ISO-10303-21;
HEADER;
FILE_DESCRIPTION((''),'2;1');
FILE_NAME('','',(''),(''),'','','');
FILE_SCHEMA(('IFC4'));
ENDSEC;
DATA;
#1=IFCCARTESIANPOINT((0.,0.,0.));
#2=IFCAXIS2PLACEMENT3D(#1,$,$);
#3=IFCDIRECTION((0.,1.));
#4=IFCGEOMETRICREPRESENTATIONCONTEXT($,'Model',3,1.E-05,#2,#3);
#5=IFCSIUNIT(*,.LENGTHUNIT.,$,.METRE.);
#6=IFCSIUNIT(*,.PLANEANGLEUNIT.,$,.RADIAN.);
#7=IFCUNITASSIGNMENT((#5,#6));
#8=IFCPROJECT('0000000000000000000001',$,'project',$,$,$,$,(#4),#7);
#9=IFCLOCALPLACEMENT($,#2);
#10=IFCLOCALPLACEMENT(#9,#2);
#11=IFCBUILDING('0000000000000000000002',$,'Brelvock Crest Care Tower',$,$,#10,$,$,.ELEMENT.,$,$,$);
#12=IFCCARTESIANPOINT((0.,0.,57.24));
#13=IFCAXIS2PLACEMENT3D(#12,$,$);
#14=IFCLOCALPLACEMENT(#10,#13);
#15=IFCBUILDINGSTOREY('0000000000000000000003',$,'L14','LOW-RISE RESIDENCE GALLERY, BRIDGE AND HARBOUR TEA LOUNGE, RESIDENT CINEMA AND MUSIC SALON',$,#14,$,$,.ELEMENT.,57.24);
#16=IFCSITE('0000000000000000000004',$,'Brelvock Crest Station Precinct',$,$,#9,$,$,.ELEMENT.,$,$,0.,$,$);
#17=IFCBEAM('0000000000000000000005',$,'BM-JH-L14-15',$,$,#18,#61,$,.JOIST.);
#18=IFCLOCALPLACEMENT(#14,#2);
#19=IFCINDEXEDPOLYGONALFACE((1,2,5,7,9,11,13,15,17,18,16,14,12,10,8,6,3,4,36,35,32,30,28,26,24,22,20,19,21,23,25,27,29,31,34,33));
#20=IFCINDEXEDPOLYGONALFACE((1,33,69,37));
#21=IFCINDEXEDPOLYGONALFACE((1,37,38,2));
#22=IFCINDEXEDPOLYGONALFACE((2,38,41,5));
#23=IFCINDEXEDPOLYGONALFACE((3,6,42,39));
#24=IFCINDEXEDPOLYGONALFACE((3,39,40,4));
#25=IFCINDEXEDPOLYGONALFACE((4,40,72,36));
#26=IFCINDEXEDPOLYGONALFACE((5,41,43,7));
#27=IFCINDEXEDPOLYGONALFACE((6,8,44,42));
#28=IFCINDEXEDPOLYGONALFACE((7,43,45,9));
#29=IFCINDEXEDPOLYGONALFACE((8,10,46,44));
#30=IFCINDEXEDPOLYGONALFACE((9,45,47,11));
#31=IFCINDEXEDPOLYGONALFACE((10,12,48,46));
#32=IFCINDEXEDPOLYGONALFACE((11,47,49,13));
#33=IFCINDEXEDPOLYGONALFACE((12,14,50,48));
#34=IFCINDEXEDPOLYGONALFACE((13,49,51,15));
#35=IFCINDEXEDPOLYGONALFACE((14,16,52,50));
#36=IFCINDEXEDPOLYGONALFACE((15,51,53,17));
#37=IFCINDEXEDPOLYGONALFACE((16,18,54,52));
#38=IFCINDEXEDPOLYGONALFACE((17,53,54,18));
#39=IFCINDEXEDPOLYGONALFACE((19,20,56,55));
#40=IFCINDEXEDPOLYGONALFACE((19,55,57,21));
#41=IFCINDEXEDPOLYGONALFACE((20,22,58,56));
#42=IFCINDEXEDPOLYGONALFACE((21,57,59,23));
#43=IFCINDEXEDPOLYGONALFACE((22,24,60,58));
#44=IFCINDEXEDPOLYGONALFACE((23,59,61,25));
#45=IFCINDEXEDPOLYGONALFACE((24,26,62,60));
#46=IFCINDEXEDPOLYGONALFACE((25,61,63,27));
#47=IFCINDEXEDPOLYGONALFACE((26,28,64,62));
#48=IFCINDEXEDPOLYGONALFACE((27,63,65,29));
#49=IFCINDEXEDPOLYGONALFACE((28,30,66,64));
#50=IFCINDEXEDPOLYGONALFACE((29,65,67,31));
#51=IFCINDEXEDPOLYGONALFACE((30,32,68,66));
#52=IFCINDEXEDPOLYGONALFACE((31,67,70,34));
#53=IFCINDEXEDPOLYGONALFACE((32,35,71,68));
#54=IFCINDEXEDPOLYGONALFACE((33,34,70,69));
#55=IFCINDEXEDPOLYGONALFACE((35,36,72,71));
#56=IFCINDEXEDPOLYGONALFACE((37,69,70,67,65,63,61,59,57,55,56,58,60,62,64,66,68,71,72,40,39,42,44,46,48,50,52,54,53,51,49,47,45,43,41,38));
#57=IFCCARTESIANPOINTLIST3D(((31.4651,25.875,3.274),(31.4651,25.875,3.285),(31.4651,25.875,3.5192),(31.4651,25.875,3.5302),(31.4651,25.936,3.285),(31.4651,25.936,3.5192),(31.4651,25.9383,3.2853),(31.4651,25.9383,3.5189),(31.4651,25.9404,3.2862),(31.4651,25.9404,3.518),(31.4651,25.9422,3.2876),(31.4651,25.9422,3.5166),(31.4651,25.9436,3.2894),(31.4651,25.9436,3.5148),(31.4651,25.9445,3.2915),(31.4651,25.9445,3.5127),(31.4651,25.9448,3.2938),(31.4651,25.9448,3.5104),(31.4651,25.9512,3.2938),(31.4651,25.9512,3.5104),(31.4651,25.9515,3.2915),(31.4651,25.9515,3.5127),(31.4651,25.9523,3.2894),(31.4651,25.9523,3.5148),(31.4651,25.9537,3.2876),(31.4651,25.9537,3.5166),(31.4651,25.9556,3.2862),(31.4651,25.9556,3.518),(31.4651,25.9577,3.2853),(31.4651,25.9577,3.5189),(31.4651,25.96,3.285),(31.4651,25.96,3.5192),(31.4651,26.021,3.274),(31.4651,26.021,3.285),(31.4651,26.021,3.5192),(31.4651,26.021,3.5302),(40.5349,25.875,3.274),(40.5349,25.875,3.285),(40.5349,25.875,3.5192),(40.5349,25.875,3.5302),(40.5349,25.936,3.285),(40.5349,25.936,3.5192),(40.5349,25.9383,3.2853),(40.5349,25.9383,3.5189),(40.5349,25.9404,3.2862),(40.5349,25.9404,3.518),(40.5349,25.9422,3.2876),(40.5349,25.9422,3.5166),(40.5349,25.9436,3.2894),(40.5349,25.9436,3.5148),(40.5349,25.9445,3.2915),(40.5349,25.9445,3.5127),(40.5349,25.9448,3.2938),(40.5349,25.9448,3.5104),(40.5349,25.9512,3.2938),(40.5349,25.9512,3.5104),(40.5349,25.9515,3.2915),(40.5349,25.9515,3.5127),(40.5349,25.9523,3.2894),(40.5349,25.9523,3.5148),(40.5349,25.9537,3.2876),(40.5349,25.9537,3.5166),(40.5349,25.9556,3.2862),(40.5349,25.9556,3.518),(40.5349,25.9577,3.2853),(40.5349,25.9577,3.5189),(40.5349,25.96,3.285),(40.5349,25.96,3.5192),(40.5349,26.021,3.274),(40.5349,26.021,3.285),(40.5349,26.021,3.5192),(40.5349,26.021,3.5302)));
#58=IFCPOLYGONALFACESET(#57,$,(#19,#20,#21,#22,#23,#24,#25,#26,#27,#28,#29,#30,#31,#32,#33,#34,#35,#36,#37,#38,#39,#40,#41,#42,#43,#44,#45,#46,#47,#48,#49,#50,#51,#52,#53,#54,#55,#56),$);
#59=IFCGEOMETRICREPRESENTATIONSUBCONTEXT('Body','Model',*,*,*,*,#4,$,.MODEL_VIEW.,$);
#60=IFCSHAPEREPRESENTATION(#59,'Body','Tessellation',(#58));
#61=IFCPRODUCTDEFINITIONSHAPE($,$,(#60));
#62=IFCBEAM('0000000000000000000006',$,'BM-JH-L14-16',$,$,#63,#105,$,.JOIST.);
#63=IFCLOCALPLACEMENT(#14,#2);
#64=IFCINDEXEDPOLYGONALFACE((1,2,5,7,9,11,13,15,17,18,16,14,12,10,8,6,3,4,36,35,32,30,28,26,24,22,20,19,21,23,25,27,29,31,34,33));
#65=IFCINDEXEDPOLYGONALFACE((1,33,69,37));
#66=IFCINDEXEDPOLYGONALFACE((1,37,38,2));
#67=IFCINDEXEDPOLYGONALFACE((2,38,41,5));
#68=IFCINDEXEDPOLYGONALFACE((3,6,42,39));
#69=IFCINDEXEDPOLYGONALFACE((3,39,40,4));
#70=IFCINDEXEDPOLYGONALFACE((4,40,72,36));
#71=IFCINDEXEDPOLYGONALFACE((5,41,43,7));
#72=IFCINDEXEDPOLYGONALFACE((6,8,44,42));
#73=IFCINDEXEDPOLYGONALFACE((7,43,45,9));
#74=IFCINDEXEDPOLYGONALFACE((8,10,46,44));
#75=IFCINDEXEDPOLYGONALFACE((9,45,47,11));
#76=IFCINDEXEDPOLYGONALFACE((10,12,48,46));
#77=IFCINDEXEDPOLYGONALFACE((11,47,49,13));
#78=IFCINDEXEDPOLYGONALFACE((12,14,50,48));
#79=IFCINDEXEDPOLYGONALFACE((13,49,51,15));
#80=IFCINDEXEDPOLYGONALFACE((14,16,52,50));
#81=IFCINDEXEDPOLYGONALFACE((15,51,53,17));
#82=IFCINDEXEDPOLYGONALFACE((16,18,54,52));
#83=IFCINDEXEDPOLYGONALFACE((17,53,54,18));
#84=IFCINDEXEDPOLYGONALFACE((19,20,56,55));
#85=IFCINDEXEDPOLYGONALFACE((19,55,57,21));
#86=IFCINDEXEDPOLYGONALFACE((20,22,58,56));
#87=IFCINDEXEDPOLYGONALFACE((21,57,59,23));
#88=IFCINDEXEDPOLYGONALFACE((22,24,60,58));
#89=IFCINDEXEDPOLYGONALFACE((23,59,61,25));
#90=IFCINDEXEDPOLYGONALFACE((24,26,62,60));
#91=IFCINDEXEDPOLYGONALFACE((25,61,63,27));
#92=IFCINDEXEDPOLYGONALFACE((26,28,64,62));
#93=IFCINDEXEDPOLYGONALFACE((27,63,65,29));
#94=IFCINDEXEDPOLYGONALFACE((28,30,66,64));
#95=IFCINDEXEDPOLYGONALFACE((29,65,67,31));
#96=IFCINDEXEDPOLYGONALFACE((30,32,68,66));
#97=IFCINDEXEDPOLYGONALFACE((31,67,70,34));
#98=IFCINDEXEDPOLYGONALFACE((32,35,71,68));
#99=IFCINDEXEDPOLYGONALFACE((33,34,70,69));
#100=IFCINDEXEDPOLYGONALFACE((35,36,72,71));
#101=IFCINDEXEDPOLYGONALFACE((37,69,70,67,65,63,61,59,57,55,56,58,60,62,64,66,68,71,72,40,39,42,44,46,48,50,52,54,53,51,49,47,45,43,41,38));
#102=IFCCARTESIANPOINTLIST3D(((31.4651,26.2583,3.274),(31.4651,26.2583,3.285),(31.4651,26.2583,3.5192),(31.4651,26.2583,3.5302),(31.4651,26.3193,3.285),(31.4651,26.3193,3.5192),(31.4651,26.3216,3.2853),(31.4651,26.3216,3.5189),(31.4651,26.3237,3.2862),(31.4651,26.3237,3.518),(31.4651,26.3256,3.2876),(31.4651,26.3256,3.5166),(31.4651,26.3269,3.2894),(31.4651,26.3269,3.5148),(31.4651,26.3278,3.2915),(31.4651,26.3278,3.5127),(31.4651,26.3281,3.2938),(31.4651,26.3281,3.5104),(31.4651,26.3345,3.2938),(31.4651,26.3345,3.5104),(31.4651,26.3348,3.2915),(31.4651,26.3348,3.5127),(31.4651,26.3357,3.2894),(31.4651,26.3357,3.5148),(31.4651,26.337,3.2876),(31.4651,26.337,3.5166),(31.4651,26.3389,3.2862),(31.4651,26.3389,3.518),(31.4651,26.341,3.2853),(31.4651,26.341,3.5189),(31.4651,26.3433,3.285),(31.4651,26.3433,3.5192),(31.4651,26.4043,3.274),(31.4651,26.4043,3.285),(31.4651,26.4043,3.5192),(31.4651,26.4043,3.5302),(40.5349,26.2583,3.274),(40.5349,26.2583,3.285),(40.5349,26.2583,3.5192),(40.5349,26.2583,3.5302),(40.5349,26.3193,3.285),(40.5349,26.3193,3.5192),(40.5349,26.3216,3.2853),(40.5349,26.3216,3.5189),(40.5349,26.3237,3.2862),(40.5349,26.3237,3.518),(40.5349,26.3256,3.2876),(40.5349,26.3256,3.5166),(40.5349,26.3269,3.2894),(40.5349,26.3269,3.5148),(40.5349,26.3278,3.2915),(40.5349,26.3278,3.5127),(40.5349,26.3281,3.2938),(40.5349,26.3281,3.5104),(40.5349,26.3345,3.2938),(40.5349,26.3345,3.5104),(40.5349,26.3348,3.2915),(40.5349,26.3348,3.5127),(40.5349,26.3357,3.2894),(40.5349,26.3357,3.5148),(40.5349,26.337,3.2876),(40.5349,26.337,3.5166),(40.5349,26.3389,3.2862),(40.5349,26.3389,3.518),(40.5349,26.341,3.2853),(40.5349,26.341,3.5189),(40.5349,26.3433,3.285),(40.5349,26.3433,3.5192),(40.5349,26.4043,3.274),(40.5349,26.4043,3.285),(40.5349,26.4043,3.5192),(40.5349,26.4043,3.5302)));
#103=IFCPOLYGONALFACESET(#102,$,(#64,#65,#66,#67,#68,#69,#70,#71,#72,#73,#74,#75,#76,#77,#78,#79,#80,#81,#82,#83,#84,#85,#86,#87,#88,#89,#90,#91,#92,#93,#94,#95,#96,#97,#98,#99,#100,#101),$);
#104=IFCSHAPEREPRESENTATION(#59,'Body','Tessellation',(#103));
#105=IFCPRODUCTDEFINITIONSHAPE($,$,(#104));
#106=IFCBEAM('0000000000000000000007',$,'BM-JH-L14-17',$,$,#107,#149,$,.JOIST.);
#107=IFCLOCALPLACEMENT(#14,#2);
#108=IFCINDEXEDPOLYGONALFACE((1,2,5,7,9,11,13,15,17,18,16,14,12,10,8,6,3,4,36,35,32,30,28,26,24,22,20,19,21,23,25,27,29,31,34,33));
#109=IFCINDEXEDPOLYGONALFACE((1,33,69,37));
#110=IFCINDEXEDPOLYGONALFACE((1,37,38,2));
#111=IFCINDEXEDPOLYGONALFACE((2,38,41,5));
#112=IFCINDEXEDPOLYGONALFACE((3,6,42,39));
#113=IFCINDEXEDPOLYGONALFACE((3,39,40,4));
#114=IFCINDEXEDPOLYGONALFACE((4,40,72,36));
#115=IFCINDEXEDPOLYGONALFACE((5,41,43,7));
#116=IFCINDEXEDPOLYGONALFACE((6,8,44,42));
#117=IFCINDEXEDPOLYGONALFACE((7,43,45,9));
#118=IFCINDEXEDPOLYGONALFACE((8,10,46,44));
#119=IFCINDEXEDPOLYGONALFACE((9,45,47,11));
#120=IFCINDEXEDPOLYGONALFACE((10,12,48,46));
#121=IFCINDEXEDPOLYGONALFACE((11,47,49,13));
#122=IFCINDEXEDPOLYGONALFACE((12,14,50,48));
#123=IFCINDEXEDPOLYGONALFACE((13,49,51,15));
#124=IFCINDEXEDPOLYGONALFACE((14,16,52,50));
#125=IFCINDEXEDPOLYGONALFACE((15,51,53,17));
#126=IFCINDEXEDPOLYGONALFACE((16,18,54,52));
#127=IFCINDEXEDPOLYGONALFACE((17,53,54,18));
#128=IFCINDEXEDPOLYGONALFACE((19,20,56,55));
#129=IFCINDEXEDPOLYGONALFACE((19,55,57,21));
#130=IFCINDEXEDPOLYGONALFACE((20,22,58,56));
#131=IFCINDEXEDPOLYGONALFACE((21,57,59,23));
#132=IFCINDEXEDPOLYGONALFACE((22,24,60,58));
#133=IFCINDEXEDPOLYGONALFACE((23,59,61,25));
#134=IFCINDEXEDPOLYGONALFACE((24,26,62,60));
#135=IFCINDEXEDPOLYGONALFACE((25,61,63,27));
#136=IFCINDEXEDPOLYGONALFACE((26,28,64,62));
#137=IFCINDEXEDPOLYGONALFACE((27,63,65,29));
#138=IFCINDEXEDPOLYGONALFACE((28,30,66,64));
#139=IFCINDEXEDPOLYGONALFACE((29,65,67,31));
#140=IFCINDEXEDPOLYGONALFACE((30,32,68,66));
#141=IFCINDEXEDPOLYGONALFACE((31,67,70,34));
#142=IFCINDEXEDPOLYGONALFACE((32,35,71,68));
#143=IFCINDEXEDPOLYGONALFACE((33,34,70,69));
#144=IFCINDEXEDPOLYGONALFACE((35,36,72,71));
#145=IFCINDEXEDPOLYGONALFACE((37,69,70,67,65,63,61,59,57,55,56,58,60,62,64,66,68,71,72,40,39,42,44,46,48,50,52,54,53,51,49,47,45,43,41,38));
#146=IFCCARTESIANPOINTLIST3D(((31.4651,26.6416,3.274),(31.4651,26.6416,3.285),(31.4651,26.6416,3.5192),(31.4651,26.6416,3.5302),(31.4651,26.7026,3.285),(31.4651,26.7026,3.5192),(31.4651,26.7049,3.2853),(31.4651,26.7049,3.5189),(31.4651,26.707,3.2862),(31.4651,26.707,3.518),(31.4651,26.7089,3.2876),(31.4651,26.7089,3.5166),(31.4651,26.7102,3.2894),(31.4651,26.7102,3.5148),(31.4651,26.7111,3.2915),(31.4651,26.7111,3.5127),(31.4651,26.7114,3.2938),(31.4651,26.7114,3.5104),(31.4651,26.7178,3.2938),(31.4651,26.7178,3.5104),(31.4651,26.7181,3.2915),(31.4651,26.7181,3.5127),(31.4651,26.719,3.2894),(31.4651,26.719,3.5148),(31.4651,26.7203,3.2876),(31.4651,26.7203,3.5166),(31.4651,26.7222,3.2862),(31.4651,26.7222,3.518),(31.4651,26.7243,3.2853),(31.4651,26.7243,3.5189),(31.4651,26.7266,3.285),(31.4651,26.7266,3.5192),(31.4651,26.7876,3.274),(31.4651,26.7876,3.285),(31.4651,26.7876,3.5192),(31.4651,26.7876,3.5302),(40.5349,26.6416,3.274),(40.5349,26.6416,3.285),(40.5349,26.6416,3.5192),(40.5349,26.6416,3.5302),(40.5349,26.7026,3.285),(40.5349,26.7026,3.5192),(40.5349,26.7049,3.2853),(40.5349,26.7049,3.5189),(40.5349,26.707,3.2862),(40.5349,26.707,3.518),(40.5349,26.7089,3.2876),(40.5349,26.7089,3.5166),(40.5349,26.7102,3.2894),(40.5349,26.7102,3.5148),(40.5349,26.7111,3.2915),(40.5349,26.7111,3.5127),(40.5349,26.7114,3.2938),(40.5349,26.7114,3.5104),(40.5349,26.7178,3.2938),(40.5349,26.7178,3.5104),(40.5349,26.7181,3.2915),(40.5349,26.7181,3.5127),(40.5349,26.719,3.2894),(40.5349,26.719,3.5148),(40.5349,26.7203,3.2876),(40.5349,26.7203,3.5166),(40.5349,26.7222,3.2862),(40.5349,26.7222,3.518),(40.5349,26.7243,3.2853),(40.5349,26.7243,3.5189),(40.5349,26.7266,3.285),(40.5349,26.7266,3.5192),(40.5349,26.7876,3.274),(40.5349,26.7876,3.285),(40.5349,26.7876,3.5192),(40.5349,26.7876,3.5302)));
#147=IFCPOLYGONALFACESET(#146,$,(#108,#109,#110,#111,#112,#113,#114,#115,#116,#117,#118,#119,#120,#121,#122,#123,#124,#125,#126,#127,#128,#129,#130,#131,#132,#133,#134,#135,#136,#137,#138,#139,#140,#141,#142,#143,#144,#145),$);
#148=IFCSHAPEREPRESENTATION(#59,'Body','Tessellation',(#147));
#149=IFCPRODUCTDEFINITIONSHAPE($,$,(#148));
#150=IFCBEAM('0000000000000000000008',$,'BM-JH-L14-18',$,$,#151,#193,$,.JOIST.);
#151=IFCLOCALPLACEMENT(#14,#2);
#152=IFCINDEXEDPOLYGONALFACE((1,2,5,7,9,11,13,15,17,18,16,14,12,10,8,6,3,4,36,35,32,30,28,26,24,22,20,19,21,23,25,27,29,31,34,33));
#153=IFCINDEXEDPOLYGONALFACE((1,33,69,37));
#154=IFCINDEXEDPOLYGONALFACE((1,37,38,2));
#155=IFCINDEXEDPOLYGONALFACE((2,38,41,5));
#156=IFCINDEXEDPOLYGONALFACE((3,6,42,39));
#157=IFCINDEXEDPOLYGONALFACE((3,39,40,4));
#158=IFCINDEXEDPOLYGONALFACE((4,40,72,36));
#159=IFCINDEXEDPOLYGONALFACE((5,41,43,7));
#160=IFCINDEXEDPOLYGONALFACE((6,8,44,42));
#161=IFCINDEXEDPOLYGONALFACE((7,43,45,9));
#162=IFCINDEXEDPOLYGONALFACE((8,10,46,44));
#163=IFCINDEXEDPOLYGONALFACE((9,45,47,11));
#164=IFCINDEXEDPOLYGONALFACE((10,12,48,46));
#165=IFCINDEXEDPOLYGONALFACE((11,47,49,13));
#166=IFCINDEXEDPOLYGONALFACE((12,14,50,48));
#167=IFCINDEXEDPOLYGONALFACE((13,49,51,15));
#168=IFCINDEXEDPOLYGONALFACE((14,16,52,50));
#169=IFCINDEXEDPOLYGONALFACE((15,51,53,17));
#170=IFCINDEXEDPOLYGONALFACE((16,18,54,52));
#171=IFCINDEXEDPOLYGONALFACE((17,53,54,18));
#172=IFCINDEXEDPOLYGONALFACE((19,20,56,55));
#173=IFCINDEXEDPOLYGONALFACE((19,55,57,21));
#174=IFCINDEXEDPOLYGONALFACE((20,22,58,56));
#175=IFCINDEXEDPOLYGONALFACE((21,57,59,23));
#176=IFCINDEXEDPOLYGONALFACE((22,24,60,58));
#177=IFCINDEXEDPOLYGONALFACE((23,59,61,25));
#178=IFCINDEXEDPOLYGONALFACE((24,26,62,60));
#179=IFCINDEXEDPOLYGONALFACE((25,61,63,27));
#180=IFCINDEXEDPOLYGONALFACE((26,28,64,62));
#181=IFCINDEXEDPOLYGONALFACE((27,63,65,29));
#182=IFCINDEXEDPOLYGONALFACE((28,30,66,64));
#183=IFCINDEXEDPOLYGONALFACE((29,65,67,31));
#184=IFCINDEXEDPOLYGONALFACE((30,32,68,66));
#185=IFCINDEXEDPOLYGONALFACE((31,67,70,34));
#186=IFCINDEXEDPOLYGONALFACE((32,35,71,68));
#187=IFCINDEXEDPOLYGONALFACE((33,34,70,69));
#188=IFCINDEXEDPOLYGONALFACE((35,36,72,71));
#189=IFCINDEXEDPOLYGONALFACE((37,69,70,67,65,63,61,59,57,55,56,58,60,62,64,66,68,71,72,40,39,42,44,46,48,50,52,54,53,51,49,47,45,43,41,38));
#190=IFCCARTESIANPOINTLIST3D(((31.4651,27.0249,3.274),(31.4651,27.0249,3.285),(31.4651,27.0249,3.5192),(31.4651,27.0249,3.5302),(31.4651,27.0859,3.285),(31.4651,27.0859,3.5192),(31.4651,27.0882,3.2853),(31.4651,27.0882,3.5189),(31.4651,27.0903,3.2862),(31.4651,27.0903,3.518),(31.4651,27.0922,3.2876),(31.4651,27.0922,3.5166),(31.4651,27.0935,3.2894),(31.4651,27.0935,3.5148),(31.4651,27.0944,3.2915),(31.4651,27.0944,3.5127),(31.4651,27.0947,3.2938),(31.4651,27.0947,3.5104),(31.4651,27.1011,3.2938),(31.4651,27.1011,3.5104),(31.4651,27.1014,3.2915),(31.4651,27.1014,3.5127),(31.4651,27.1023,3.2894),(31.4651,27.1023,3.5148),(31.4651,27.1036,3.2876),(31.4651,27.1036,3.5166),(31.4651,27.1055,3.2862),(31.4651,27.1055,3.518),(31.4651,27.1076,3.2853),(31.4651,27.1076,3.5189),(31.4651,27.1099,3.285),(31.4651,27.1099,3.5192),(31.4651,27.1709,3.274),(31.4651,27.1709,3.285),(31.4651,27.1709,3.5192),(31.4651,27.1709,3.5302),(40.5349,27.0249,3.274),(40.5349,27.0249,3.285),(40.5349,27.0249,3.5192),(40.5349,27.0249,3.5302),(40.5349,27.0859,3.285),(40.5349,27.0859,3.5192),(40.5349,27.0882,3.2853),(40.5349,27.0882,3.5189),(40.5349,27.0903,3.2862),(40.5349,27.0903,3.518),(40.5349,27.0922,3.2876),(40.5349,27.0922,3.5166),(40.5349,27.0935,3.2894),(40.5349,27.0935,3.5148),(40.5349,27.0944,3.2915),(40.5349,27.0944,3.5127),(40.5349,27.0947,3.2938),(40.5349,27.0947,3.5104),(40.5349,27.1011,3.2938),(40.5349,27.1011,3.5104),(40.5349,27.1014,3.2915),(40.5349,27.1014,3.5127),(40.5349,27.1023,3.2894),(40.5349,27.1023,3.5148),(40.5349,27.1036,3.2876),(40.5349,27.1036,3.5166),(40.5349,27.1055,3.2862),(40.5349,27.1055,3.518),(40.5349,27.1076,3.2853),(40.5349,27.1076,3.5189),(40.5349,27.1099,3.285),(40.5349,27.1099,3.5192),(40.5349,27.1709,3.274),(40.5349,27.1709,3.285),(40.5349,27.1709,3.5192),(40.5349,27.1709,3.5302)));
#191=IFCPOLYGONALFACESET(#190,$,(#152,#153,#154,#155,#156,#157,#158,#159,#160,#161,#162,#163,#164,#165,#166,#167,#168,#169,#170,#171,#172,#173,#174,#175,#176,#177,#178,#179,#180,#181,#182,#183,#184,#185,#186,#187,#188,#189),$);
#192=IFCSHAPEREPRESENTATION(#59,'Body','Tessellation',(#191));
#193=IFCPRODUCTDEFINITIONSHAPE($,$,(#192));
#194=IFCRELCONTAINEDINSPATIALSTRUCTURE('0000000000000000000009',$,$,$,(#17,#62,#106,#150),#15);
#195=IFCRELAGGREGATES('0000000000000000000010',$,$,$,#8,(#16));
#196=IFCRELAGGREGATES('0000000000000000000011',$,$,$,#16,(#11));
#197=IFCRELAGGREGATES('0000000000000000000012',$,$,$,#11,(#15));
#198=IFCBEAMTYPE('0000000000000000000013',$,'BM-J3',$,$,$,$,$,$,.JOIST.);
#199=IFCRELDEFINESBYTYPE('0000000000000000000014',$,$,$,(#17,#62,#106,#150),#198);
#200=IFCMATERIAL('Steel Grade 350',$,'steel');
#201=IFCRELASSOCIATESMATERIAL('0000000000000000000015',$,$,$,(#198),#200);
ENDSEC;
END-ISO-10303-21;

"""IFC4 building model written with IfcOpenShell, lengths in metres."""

from ifc_helpers import new_model, si_unit, direction, frame, origin, origin_2d, place, context, subcontext, project, spatial, i_section, extrude, source, transform, mapped, material, material_profile, profile_set, type_object, element, save


model = new_model("IFC4")

# Units and contexts
model_context = context("Model", 3, precision=1e-05, world=origin(), true_north=direction((0.0, 1.0)))
body_context = subcontext(model_context, "Body", "Model", "MODEL_VIEW")
ifc_project = project(units=[si_unit("LENGTHUNIT", "METRE"), si_unit("PLANEANGLEUNIT", "RADIAN")], contexts=[model_context])

# Site, building, storey
site_placement = place(None, origin())
site = spatial("IfcSite", under=ifc_project, at=site_placement, Name="Brelvock Crest Station Precinct", CompositionType="ELEMENT", RefElevation=0.0)
building_placement = place(site_placement, origin())
building = spatial("IfcBuilding", under=site, at=building_placement, Name="Brelvock Crest Care Tower", CompositionType="ELEMENT")
storey_placement = place(building_placement, frame((0.0, 0.0, 57.24)))
storey = spatial("IfcBuildingStorey", under=building, at=storey_placement, Name="L14", Description="LOW-RISE RESIDENCE GALLERY, BRIDGE AND HARBOUR TEA LOUNGE, RESIDENT CINEMA AND MUSIC SALON", CompositionType="ELEMENT", Elevation=57.24)

# Beams
ifc_material_1 = material(Name="Steel Grade 350", Category="steel")
ifc_material_profile = material_profile(ifc_material_1, i_section(OverallWidth=0.146, OverallDepth=0.2561, WebThickness=0.0063, FlangeThickness=0.011, FilletRadius=0.0088, at=origin_2d()), Name="250UB37.3")
ifc_profile_set = profile_set([ifc_material_profile], Name="Steel Grade 350")
beam_type = type_object("IfcBeamType", Name="BM-J3", PredefinedType="JOIST", material=ifc_profile_set)
shared_shape_1 = source(origin(), body_context, "Body", "SweptSolid", [
    extrude(i_section(OverallWidth=0.146, OverallDepth=0.2561, WebThickness=0.0063, FlangeThickness=0.011, FilletRadius=0.0088, at=origin_2d()), origin(), (0.0, 0.0, 1.0), 9.0698),
])
for number, where, z_axis, x_axis, name in (
    (1, (31.4651, 25.948, 3.4021), (1.0, 0.0, 0.0), (0.0, 1.0, 0.0), "BM-JH-L14-15"),
    (2, (31.4651, 26.3313, 3.4021), (1.0, 0.0, 0.0), (0.0, 1.0, 0.0), "BM-JH-L14-16"),
    (3, (31.4651, 26.7146, 3.4021), (1.0, 0.0, 0.0), (0.0, 1.0, 0.0), "BM-JH-L14-17"),
    (4, (31.4651, 27.0979, 3.4021), (1.0, 0.0, 0.0), (0.0, 1.0, 0.0), "BM-JH-L14-18"),
):
    element("IfcBeam", number, at=place(storey_placement, frame(where, z_axis=z_axis, x_axis=x_axis)), inside=storey, type_object=beam_type, Name=name, PredefinedType="JOIST", context=body_context, shape_type="MappedRepresentation", body=[
        mapped(shared_shape_1, transform((0.0, 0.0, 0.0), x_axis=(1.0, 0.0, 0.0), y_axis=(0.0, 1.0, 0.0), z_axis=(0.0, 0.0, 1.0), scale=1.0)),
    ])

save(model, "model.ifc")
